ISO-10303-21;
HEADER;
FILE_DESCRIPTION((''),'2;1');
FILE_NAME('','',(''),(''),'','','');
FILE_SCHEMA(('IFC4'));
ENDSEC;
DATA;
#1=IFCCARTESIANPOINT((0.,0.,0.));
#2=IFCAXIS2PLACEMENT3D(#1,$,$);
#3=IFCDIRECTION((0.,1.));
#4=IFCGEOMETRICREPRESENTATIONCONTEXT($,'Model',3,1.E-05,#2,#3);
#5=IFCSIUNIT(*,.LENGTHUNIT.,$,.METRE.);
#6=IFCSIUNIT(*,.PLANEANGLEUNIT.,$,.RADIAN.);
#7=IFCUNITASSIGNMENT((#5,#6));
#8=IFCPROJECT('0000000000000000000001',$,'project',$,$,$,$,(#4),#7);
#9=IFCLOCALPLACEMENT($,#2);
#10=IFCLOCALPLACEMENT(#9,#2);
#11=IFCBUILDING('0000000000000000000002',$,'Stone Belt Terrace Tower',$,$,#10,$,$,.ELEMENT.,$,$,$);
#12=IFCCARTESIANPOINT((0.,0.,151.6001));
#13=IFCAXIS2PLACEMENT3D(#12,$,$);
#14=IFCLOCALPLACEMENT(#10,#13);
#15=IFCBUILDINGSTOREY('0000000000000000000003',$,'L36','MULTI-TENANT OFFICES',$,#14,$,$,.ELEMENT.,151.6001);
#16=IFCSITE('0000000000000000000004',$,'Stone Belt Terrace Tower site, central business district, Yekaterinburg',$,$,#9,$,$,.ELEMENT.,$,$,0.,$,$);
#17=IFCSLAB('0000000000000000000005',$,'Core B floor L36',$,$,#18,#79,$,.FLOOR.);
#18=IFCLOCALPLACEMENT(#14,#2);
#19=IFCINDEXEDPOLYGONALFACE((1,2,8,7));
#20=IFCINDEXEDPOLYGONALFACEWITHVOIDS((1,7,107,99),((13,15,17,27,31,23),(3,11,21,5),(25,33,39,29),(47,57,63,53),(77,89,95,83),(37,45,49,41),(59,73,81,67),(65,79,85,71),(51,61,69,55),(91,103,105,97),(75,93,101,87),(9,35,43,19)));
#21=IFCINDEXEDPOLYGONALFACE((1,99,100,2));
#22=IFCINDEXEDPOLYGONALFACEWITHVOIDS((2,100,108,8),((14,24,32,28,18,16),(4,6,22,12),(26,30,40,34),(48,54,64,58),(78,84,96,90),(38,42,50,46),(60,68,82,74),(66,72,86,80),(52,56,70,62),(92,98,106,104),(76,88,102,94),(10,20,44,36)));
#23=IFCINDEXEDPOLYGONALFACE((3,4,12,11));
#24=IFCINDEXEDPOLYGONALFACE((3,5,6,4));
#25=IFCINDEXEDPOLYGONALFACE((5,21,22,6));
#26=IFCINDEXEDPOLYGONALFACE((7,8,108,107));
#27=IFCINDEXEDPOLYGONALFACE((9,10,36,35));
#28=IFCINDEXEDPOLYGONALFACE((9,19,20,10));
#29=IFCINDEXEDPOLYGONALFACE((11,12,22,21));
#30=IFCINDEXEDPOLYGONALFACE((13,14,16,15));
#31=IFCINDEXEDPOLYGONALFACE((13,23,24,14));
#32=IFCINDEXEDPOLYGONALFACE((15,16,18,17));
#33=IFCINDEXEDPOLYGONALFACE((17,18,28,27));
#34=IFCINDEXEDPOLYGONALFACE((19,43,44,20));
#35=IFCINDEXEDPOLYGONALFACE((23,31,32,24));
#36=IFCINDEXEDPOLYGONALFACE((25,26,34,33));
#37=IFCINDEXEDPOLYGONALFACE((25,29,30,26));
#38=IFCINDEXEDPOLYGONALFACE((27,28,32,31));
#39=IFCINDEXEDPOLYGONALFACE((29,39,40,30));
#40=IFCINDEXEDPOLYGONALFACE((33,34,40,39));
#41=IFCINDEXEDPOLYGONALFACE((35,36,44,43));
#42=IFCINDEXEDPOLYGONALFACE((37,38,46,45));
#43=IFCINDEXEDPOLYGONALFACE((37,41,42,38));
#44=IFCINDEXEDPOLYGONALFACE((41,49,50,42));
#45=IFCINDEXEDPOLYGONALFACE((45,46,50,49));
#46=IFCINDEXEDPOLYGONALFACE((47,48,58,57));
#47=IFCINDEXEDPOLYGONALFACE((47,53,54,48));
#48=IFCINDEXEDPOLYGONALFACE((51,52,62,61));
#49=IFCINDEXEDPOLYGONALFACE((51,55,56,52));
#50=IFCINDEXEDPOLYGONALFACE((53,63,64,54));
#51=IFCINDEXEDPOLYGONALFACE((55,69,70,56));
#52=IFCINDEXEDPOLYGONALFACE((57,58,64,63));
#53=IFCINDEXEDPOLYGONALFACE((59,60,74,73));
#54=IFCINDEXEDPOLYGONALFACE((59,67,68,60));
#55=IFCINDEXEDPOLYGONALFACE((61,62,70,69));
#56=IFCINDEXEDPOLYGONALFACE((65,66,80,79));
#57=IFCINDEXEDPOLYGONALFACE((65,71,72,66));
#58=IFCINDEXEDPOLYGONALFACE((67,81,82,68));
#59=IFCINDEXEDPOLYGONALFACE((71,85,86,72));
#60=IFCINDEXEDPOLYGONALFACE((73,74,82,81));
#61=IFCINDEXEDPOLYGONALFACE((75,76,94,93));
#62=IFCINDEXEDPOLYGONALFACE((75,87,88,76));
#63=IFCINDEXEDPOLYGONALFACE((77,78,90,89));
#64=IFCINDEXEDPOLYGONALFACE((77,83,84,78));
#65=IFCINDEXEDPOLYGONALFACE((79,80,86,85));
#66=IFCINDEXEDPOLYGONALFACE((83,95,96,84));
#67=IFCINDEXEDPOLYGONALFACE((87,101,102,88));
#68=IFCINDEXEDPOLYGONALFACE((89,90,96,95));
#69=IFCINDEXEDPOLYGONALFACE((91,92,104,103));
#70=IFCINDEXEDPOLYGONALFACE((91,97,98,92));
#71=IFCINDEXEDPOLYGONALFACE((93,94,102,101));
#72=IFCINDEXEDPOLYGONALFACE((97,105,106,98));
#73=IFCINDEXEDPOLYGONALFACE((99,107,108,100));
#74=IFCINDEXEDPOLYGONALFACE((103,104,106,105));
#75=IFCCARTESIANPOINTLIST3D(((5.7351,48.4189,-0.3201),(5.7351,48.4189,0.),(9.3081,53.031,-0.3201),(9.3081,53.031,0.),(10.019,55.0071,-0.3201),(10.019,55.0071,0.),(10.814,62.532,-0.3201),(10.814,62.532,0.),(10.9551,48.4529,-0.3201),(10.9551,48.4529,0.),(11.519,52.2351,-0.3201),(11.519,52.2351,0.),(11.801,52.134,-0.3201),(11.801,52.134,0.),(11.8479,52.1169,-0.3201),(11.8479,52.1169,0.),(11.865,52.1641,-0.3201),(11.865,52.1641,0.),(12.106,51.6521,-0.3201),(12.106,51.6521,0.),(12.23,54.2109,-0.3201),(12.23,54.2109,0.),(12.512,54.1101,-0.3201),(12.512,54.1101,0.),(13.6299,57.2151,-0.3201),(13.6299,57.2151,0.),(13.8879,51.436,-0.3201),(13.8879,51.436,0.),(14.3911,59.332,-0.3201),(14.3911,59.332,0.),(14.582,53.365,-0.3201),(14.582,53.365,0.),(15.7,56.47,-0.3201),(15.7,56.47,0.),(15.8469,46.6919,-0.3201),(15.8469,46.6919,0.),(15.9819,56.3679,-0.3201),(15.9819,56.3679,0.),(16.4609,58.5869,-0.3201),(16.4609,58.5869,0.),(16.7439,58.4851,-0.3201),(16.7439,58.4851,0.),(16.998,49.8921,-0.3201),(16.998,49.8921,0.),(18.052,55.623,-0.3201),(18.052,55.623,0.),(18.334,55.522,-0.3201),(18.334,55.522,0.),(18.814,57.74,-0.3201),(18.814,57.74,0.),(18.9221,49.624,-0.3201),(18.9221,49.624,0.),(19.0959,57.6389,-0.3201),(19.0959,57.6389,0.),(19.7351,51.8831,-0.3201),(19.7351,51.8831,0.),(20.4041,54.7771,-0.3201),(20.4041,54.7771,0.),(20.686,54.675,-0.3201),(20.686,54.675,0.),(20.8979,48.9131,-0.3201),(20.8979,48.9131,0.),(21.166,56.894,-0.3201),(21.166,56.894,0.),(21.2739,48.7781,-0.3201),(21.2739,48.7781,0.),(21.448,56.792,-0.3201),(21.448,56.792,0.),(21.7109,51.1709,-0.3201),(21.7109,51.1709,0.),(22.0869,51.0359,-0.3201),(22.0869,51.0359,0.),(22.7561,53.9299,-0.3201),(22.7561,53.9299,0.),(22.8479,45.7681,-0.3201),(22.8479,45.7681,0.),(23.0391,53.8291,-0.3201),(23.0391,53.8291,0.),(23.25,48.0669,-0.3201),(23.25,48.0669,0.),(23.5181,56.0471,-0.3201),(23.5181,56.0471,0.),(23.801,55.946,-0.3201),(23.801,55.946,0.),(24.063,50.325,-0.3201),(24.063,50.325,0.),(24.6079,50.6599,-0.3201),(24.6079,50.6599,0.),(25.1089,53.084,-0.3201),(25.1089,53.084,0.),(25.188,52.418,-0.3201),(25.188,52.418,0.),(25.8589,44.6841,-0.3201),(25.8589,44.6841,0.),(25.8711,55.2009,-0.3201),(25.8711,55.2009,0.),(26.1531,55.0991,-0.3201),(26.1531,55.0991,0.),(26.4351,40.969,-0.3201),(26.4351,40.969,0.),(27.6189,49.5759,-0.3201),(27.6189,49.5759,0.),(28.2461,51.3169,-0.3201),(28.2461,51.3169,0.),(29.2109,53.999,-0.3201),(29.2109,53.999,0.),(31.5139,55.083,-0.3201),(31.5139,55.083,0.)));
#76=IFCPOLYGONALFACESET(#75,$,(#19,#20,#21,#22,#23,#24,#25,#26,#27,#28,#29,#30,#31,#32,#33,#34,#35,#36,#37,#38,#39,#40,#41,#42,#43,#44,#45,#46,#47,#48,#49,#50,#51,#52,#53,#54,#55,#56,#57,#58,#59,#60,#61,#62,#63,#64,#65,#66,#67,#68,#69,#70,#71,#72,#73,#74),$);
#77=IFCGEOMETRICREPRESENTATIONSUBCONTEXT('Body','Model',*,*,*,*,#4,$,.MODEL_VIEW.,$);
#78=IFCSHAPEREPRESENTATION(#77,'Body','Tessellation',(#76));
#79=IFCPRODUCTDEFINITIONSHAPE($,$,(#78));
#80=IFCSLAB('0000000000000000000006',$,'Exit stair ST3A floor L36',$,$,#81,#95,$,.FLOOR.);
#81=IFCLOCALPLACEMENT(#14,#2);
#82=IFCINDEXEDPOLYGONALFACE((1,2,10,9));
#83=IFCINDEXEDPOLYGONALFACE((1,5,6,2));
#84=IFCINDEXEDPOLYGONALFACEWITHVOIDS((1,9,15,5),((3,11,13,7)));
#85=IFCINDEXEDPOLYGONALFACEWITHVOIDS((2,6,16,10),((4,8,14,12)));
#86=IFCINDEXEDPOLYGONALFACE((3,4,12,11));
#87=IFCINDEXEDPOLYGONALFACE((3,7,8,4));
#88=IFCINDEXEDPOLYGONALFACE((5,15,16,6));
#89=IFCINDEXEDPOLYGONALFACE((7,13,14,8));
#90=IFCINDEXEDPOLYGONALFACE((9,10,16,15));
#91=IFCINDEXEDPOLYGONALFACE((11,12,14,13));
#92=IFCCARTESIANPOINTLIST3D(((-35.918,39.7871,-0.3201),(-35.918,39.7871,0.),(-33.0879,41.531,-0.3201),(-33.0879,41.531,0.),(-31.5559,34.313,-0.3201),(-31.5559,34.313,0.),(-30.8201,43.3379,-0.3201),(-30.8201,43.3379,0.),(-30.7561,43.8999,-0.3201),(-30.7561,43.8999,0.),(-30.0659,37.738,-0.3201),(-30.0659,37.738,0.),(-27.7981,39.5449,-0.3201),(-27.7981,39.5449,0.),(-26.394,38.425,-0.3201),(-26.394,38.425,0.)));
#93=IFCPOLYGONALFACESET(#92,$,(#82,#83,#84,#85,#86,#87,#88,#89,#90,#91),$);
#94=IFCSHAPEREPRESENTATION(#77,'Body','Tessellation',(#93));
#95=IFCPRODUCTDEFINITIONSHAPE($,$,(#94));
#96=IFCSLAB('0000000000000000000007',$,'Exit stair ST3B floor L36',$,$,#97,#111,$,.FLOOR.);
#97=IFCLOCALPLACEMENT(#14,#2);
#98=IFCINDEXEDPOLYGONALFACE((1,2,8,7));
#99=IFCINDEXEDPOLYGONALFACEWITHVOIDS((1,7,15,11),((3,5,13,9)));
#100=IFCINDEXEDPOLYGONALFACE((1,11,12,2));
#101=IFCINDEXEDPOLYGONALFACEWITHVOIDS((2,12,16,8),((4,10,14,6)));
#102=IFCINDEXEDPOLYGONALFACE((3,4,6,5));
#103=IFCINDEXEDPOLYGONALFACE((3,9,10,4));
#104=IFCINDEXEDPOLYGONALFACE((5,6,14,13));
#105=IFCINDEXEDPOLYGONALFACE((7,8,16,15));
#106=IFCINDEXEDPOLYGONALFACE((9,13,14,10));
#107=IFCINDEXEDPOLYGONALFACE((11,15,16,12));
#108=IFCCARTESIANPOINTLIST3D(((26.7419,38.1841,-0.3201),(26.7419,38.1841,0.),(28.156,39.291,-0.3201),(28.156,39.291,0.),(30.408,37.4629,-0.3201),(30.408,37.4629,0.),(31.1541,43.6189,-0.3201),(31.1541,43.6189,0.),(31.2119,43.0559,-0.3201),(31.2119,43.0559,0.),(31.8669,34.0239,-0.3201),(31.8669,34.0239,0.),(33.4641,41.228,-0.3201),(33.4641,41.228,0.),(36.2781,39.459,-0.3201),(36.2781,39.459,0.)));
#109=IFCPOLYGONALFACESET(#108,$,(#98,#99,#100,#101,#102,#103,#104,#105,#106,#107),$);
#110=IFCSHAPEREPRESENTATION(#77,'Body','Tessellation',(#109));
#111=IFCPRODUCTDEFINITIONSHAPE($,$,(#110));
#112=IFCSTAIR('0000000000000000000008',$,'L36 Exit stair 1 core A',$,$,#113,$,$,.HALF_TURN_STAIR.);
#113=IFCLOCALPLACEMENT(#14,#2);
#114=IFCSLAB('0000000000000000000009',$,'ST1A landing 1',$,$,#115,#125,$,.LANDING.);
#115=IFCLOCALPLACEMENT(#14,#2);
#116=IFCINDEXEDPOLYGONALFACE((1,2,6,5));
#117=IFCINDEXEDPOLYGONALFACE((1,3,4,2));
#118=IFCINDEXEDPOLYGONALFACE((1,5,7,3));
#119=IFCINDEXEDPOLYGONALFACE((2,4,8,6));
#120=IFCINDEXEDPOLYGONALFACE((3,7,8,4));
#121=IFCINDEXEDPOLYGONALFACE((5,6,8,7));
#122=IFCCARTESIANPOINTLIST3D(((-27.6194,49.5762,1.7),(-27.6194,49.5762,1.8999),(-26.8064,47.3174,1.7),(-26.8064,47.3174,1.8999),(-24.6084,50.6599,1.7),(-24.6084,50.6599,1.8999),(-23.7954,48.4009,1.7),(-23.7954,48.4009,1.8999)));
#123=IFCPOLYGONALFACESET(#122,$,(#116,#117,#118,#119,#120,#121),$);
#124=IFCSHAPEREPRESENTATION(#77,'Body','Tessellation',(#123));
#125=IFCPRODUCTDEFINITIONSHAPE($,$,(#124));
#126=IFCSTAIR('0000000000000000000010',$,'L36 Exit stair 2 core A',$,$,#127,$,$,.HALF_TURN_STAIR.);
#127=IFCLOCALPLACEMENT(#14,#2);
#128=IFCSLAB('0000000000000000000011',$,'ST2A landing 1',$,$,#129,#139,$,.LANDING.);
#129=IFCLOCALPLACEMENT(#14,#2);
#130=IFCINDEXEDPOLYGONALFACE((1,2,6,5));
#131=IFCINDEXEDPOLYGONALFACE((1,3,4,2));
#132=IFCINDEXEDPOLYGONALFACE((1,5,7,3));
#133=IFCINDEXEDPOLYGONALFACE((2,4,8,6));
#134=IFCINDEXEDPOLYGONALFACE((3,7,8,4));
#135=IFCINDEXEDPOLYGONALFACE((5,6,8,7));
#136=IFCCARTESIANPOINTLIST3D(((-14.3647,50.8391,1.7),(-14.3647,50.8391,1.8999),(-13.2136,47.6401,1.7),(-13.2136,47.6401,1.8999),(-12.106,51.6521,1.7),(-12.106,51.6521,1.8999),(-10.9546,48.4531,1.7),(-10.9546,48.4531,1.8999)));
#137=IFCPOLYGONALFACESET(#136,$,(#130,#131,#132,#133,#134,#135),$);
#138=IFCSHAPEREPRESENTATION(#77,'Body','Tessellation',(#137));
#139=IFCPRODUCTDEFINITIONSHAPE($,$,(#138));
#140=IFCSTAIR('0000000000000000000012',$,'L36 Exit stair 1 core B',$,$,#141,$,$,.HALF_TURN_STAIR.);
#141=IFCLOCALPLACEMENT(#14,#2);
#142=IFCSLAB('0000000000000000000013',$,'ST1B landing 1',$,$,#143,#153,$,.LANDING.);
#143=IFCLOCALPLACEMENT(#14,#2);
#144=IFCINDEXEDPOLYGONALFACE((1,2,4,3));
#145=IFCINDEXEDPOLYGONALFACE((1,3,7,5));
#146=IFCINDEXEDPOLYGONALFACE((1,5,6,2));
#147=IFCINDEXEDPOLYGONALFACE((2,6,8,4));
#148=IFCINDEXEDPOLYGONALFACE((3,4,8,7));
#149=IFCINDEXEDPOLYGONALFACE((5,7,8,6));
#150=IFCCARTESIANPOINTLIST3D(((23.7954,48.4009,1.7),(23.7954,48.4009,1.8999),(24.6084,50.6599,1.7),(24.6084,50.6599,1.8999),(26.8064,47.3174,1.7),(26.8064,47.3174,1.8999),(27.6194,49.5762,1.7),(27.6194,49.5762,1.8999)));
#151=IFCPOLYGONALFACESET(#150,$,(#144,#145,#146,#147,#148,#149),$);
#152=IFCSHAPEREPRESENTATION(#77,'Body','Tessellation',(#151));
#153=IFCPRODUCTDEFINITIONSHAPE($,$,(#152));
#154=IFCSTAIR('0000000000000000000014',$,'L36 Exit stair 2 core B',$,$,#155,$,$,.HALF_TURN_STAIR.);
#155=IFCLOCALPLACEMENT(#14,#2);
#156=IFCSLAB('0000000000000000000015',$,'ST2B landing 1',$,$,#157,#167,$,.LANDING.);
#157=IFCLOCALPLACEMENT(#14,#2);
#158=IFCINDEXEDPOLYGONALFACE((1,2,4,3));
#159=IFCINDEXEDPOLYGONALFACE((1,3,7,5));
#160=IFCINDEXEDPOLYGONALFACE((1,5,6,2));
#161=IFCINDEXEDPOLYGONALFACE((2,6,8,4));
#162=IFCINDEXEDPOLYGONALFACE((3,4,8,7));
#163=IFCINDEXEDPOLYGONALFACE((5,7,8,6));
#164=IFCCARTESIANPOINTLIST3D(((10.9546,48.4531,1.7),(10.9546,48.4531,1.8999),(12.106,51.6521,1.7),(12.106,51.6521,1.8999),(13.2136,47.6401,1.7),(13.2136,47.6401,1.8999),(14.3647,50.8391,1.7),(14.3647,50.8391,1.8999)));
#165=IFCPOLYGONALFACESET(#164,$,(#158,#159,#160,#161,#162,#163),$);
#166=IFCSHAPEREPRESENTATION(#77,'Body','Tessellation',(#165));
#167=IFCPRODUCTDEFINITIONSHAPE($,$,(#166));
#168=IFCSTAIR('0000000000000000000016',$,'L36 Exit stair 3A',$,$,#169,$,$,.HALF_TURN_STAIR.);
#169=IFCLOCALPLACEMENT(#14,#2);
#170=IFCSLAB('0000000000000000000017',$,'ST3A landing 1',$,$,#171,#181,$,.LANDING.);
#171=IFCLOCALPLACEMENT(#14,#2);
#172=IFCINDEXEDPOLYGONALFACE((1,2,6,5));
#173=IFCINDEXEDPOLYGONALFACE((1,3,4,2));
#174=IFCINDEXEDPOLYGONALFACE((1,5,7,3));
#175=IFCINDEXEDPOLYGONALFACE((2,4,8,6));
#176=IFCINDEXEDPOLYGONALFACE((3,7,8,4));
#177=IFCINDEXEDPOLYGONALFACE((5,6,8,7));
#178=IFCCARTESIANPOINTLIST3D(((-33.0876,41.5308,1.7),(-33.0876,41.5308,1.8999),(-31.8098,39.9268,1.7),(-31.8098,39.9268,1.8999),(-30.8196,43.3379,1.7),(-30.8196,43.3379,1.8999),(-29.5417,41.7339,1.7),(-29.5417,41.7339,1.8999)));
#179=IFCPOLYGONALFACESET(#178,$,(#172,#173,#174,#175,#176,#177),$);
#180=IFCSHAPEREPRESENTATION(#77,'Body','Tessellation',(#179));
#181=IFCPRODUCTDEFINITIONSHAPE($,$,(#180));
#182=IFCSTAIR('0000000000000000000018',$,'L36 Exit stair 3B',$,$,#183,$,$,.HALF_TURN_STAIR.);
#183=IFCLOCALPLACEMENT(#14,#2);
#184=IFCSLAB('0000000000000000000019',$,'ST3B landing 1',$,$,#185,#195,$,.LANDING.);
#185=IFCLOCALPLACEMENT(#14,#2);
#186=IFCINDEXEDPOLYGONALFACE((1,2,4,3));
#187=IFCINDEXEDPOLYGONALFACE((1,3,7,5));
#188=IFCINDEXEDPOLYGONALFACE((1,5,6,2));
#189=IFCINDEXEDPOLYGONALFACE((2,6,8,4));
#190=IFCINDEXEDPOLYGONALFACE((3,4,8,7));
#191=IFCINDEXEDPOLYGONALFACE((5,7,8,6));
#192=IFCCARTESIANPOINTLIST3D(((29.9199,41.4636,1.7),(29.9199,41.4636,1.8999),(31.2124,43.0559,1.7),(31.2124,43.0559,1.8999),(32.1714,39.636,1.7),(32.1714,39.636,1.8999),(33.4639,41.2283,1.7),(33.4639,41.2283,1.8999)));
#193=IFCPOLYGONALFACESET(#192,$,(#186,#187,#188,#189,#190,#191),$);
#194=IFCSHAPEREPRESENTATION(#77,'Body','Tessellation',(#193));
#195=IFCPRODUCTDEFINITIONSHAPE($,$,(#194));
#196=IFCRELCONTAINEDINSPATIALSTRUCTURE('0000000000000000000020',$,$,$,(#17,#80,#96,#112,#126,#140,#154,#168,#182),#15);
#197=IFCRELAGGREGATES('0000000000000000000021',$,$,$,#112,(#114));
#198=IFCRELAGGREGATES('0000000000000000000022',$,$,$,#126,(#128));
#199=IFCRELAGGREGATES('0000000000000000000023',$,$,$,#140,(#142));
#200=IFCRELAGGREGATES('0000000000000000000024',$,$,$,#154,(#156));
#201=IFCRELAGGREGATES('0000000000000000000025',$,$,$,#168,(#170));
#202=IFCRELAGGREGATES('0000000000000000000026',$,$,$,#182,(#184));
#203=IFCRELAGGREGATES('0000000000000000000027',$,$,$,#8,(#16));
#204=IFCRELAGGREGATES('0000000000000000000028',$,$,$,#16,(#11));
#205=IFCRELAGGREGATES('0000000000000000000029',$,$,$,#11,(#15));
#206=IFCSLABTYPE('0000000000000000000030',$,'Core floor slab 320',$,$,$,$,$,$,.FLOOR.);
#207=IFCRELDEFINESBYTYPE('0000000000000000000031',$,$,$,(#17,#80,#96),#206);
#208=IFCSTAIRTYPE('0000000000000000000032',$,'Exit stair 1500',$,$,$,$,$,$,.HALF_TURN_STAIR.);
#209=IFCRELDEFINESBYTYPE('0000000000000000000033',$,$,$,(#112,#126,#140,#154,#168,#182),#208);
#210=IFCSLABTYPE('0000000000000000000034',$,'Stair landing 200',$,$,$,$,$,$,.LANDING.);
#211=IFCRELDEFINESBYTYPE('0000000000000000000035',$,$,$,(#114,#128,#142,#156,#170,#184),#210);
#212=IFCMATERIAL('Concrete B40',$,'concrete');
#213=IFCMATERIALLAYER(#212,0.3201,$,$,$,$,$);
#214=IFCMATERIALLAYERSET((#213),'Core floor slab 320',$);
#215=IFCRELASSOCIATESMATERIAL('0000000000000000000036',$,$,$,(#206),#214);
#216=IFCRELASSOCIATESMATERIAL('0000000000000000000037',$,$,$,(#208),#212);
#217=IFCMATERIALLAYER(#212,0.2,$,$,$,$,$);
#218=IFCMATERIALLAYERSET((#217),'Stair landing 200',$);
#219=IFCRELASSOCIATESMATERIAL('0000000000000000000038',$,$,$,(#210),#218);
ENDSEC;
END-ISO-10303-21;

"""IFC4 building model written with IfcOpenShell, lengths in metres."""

from ifc_helpers import new_model, si_unit, direction, frame, origin, place, context, subcontext, project, spatial, polyline, outline, extrude, material, layer, layer_set, type_object, element, aggregate, save


model = new_model("IFC4")

# Units and contexts
model_context = context("Model", 3, precision=1e-05, world=origin(), true_north=direction((0.0, 1.0)))
body_context = subcontext(model_context, "Body", "Model", "MODEL_VIEW")
ifc_project = project(units=[si_unit("LENGTHUNIT", "METRE"), si_unit("PLANEANGLEUNIT", "RADIAN")], contexts=[model_context])

# Site, building, storey
site_placement = place(None, origin())
site = spatial("IfcSite", under=ifc_project, at=site_placement, Name="Stone Belt Terrace Tower site, central business district, Yekaterinburg", CompositionType="ELEMENT", RefElevation=0.0)
building_placement = place(site_placement, origin())
building = spatial("IfcBuilding", under=site, at=building_placement, Name="Stone Belt Terrace Tower", CompositionType="ELEMENT")
storey_placement = place(building_placement, frame((0.0, 0.0, 151.6001)))
storey = spatial("IfcBuildingStorey", under=building, at=storey_placement, Name="L36", Description="MULTI-TENANT OFFICES", CompositionType="ELEMENT", Elevation=151.6001)

# Slabs
ifc_material_1 = material(Name="Concrete B40", Category="concrete")
ifc_layer_1 = layer(ifc_material_1, 0.3201)
ifc_layer_set_1 = layer_set([ifc_layer_1], Name="Core floor slab 320")
slab_type_1 = type_object("IfcSlabType", Name="Core floor slab 320", PredefinedType="FLOOR", material=ifc_layer_set_1)
slab_1_placement = place(storey_placement, frame((0.0, 0.0, -0.3201)))
element("IfcSlab", 1, at=slab_1_placement, inside=storey, type_object=slab_type_1, Name="Core B floor L36", PredefinedType="FLOOR", context=body_context, shape_type="SweptSolid", body=[
    extrude(outline(polyline([(26.4351, 40.969), (31.5139, 55.083), (10.814, 62.532), (5.7351, 48.4189), (26.4351, 40.969)]), holes=[polyline([(12.106, 51.6521), (16.998, 49.8921), (15.8469, 46.6919), (10.9551, 48.4529), (12.106, 51.6521)]), polyline([(12.512, 54.1101), (14.582, 53.365), (13.8879, 51.436), (11.865, 52.1641), (11.8479, 52.1169), (11.801, 52.134), (12.512, 54.1101)]), polyline([(9.3081, 53.031), (10.019, 55.0071), (12.23, 54.2109), (11.519, 52.2351), (9.3081, 53.031)]), polyline([(18.334, 55.522), (19.0959, 57.6389), (21.166, 56.894), (20.4041, 54.7771), (18.334, 55.522)]), polyline([(16.7439, 58.4851), (18.814, 57.74), (18.052, 55.623), (15.9819, 56.3679), (16.7439, 58.4851)]), polyline([(14.3911, 59.332), (16.4609, 58.5869), (15.7, 56.47), (13.6299, 57.2151), (14.3911, 59.332)]), polyline([(27.6189, 49.5759), (25.8589, 44.6841), (22.8479, 45.7681), (24.6079, 50.6599), (27.6189, 49.5759)]), polyline([(23.25, 48.0669), (21.2739, 48.7781), (22.0869, 51.0359), (24.063, 50.325), (23.25, 48.0669)]), polyline([(20.8979, 48.9131), (18.9221, 49.624), (19.7351, 51.8831), (21.7109, 51.1709), (20.8979, 48.9131)]), polyline([(26.1531, 55.0991), (29.2109, 53.999), (28.2461, 51.3169), (25.188, 52.418), (26.1531, 55.0991)]), polyline([(23.801, 55.946), (25.8711, 55.2009), (25.1089, 53.084), (23.0391, 53.8291), (23.801, 55.946)]), polyline([(21.448, 56.792), (23.5181, 56.0471), (22.7561, 53.9299), (20.686, 54.675), (21.448, 56.792)])]), origin(), (0.0, 0.0, 1.0), 0.3201),
])
slab_2_placement = place(storey_placement, frame((0.0, 0.0, -0.3201)))
element("IfcSlab", 2, at=slab_2_placement, inside=storey, type_object=slab_type_1, Name="Exit stair ST3A floor L36", PredefinedType="FLOOR", context=body_context, shape_type="SweptSolid", body=[
    extrude(outline(polyline([(-26.394, 38.425), (-30.7561, 43.8999), (-35.918, 39.7871), (-31.5559, 34.313), (-26.394, 38.425)]), holes=[polyline([(-27.7981, 39.5449), (-30.0659, 37.738), (-33.0879, 41.531), (-30.8201, 43.3379), (-27.7981, 39.5449)])]), origin(), (0.0, 0.0, 1.0), 0.3201),
])
slab_3_placement = place(storey_placement, frame((0.0, 0.0, -0.3201)))
element("IfcSlab", 3, at=slab_3_placement, inside=storey, type_object=slab_type_1, Name="Exit stair ST3B floor L36", PredefinedType="FLOOR", context=body_context, shape_type="SweptSolid", body=[
    extrude(outline(polyline([(26.7419, 38.1841), (31.8669, 34.0239), (36.2781, 39.459), (31.1541, 43.6189), (26.7419, 38.1841)]), holes=[polyline([(30.408, 37.4629), (28.156, 39.291), (31.2119, 43.0559), (33.4641, 41.228), (30.408, 37.4629)])]), origin(), (0.0, 0.0, 1.0), 0.3201),
])

# Stairs, slabs
stair_type = type_object("IfcStairType", Name="Exit stair 1500", PredefinedType="HALF_TURN_STAIR", material=ifc_material_1)
stair_1_placement = place(storey_placement, origin())
stair_1 = element("IfcStair", 4, at=stair_1_placement, inside=storey, type_object=stair_type, Name="L36 Exit stair 1 core A", PredefinedType="HALF_TURN_STAIR")
ifc_layer_2 = layer(ifc_material_1, 0.2)
ifc_layer_set_2 = layer_set([ifc_layer_2], Name="Stair landing 200")
slab_type_2 = type_object("IfcSlabType", Name="Stair landing 200", PredefinedType="LANDING", material=ifc_layer_set_2)
slab_4_placement = place(storey_placement, frame((0.0, 0.0, 1.7)))
slab_4 = element("IfcSlab", 5, at=slab_4_placement, type_object=slab_type_2, Name="ST1A landing 1", PredefinedType="LANDING", context=body_context, shape_type="SweptSolid", body=[
    extrude(outline(polyline([(-23.7954, 48.4009), (-24.6084, 50.6599), (-27.6194, 49.5762), (-26.8064, 47.3174), (-23.7954, 48.4009)])), origin(), (0.0, 0.0, 1.0), 0.2),
])
aggregate(stair_1, [slab_4])
stair_2_placement = place(storey_placement, origin())
stair_2 = element("IfcStair", 6, at=stair_2_placement, inside=storey, type_object=stair_type, Name="L36 Exit stair 2 core A", PredefinedType="HALF_TURN_STAIR")
slab_5_placement = place(storey_placement, frame((0.0, 0.0, 1.7)))
slab_5 = element("IfcSlab", 7, at=slab_5_placement, type_object=slab_type_2, Name="ST2A landing 1", PredefinedType="LANDING", context=body_context, shape_type="SweptSolid", body=[
    extrude(outline(polyline([(-13.2136, 47.6401), (-10.9546, 48.4531), (-12.106, 51.6521), (-14.3647, 50.8391), (-13.2136, 47.6401)])), origin(), (0.0, 0.0, 1.0), 0.2),
])
aggregate(stair_2, [slab_5])
stair_3_placement = place(storey_placement, origin())
stair_3 = element("IfcStair", 8, at=stair_3_placement, inside=storey, type_object=stair_type, Name="L36 Exit stair 1 core B", PredefinedType="HALF_TURN_STAIR")
slab_6_placement = place(storey_placement, frame((0.0, 0.0, 1.7)))
slab_6 = element("IfcSlab", 9, at=slab_6_placement, type_object=slab_type_2, Name="ST1B landing 1", PredefinedType="LANDING", context=body_context, shape_type="SweptSolid", body=[
    extrude(outline(polyline([(26.8064, 47.3174), (27.6194, 49.5762), (24.6084, 50.6599), (23.7954, 48.4009), (26.8064, 47.3174)])), origin(), (0.0, 0.0, 1.0), 0.2),
])
aggregate(stair_3, [slab_6])
stair_4_placement = place(storey_placement, origin())
stair_4 = element("IfcStair", 10, at=stair_4_placement, inside=storey, type_object=stair_type, Name="L36 Exit stair 2 core B", PredefinedType="HALF_TURN_STAIR")
slab_7_placement = place(storey_placement, frame((0.0, 0.0, 1.7)))
slab_7 = element("IfcSlab", 11, at=slab_7_placement, type_object=slab_type_2, Name="ST2B landing 1", PredefinedType="LANDING", context=body_context, shape_type="SweptSolid", body=[
    extrude(outline(polyline([(14.3647, 50.8391), (12.106, 51.6521), (10.9546, 48.4531), (13.2136, 47.6401), (14.3647, 50.8391)])), origin(), (0.0, 0.0, 1.0), 0.2),
])
aggregate(stair_4, [slab_7])
stair_5_placement = place(storey_placement, origin())
stair_5 = element("IfcStair", 12, at=stair_5_placement, inside=storey, type_object=stair_type, Name="L36 Exit stair 3A", PredefinedType="HALF_TURN_STAIR")
slab_8_placement = place(storey_placement, frame((0.0, 0.0, 1.7)))
slab_8 = element("IfcSlab", 13, at=slab_8_placement, type_object=slab_type_2, Name="ST3A landing 1", PredefinedType="LANDING", context=body_context, shape_type="SweptSolid", body=[
    extrude(outline(polyline([(-29.5417, 41.7339), (-30.8196, 43.3379), (-33.0876, 41.5308), (-31.8098, 39.9268), (-29.5417, 41.7339)])), origin(), (0.0, 0.0, 1.0), 0.2),
])
aggregate(stair_5, [slab_8])
stair_6_placement = place(storey_placement, origin())
stair_6 = element("IfcStair", 14, at=stair_6_placement, inside=storey, type_object=stair_type, Name="L36 Exit stair 3B", PredefinedType="HALF_TURN_STAIR")
slab_9_placement = place(storey_placement, frame((0.0, 0.0, 1.7)))
slab_9 = element("IfcSlab", 15, at=slab_9_placement, type_object=slab_type_2, Name="ST3B landing 1", PredefinedType="LANDING", context=body_context, shape_type="SweptSolid", body=[
    extrude(outline(polyline([(32.1714, 39.636), (33.4639, 41.2283), (31.2124, 43.0559), (29.9199, 41.4636), (32.1714, 39.636)])), origin(), (0.0, 0.0, 1.0), 0.2),
])
aggregate(stair_6, [slab_9])

save(model, "model.ifc")
